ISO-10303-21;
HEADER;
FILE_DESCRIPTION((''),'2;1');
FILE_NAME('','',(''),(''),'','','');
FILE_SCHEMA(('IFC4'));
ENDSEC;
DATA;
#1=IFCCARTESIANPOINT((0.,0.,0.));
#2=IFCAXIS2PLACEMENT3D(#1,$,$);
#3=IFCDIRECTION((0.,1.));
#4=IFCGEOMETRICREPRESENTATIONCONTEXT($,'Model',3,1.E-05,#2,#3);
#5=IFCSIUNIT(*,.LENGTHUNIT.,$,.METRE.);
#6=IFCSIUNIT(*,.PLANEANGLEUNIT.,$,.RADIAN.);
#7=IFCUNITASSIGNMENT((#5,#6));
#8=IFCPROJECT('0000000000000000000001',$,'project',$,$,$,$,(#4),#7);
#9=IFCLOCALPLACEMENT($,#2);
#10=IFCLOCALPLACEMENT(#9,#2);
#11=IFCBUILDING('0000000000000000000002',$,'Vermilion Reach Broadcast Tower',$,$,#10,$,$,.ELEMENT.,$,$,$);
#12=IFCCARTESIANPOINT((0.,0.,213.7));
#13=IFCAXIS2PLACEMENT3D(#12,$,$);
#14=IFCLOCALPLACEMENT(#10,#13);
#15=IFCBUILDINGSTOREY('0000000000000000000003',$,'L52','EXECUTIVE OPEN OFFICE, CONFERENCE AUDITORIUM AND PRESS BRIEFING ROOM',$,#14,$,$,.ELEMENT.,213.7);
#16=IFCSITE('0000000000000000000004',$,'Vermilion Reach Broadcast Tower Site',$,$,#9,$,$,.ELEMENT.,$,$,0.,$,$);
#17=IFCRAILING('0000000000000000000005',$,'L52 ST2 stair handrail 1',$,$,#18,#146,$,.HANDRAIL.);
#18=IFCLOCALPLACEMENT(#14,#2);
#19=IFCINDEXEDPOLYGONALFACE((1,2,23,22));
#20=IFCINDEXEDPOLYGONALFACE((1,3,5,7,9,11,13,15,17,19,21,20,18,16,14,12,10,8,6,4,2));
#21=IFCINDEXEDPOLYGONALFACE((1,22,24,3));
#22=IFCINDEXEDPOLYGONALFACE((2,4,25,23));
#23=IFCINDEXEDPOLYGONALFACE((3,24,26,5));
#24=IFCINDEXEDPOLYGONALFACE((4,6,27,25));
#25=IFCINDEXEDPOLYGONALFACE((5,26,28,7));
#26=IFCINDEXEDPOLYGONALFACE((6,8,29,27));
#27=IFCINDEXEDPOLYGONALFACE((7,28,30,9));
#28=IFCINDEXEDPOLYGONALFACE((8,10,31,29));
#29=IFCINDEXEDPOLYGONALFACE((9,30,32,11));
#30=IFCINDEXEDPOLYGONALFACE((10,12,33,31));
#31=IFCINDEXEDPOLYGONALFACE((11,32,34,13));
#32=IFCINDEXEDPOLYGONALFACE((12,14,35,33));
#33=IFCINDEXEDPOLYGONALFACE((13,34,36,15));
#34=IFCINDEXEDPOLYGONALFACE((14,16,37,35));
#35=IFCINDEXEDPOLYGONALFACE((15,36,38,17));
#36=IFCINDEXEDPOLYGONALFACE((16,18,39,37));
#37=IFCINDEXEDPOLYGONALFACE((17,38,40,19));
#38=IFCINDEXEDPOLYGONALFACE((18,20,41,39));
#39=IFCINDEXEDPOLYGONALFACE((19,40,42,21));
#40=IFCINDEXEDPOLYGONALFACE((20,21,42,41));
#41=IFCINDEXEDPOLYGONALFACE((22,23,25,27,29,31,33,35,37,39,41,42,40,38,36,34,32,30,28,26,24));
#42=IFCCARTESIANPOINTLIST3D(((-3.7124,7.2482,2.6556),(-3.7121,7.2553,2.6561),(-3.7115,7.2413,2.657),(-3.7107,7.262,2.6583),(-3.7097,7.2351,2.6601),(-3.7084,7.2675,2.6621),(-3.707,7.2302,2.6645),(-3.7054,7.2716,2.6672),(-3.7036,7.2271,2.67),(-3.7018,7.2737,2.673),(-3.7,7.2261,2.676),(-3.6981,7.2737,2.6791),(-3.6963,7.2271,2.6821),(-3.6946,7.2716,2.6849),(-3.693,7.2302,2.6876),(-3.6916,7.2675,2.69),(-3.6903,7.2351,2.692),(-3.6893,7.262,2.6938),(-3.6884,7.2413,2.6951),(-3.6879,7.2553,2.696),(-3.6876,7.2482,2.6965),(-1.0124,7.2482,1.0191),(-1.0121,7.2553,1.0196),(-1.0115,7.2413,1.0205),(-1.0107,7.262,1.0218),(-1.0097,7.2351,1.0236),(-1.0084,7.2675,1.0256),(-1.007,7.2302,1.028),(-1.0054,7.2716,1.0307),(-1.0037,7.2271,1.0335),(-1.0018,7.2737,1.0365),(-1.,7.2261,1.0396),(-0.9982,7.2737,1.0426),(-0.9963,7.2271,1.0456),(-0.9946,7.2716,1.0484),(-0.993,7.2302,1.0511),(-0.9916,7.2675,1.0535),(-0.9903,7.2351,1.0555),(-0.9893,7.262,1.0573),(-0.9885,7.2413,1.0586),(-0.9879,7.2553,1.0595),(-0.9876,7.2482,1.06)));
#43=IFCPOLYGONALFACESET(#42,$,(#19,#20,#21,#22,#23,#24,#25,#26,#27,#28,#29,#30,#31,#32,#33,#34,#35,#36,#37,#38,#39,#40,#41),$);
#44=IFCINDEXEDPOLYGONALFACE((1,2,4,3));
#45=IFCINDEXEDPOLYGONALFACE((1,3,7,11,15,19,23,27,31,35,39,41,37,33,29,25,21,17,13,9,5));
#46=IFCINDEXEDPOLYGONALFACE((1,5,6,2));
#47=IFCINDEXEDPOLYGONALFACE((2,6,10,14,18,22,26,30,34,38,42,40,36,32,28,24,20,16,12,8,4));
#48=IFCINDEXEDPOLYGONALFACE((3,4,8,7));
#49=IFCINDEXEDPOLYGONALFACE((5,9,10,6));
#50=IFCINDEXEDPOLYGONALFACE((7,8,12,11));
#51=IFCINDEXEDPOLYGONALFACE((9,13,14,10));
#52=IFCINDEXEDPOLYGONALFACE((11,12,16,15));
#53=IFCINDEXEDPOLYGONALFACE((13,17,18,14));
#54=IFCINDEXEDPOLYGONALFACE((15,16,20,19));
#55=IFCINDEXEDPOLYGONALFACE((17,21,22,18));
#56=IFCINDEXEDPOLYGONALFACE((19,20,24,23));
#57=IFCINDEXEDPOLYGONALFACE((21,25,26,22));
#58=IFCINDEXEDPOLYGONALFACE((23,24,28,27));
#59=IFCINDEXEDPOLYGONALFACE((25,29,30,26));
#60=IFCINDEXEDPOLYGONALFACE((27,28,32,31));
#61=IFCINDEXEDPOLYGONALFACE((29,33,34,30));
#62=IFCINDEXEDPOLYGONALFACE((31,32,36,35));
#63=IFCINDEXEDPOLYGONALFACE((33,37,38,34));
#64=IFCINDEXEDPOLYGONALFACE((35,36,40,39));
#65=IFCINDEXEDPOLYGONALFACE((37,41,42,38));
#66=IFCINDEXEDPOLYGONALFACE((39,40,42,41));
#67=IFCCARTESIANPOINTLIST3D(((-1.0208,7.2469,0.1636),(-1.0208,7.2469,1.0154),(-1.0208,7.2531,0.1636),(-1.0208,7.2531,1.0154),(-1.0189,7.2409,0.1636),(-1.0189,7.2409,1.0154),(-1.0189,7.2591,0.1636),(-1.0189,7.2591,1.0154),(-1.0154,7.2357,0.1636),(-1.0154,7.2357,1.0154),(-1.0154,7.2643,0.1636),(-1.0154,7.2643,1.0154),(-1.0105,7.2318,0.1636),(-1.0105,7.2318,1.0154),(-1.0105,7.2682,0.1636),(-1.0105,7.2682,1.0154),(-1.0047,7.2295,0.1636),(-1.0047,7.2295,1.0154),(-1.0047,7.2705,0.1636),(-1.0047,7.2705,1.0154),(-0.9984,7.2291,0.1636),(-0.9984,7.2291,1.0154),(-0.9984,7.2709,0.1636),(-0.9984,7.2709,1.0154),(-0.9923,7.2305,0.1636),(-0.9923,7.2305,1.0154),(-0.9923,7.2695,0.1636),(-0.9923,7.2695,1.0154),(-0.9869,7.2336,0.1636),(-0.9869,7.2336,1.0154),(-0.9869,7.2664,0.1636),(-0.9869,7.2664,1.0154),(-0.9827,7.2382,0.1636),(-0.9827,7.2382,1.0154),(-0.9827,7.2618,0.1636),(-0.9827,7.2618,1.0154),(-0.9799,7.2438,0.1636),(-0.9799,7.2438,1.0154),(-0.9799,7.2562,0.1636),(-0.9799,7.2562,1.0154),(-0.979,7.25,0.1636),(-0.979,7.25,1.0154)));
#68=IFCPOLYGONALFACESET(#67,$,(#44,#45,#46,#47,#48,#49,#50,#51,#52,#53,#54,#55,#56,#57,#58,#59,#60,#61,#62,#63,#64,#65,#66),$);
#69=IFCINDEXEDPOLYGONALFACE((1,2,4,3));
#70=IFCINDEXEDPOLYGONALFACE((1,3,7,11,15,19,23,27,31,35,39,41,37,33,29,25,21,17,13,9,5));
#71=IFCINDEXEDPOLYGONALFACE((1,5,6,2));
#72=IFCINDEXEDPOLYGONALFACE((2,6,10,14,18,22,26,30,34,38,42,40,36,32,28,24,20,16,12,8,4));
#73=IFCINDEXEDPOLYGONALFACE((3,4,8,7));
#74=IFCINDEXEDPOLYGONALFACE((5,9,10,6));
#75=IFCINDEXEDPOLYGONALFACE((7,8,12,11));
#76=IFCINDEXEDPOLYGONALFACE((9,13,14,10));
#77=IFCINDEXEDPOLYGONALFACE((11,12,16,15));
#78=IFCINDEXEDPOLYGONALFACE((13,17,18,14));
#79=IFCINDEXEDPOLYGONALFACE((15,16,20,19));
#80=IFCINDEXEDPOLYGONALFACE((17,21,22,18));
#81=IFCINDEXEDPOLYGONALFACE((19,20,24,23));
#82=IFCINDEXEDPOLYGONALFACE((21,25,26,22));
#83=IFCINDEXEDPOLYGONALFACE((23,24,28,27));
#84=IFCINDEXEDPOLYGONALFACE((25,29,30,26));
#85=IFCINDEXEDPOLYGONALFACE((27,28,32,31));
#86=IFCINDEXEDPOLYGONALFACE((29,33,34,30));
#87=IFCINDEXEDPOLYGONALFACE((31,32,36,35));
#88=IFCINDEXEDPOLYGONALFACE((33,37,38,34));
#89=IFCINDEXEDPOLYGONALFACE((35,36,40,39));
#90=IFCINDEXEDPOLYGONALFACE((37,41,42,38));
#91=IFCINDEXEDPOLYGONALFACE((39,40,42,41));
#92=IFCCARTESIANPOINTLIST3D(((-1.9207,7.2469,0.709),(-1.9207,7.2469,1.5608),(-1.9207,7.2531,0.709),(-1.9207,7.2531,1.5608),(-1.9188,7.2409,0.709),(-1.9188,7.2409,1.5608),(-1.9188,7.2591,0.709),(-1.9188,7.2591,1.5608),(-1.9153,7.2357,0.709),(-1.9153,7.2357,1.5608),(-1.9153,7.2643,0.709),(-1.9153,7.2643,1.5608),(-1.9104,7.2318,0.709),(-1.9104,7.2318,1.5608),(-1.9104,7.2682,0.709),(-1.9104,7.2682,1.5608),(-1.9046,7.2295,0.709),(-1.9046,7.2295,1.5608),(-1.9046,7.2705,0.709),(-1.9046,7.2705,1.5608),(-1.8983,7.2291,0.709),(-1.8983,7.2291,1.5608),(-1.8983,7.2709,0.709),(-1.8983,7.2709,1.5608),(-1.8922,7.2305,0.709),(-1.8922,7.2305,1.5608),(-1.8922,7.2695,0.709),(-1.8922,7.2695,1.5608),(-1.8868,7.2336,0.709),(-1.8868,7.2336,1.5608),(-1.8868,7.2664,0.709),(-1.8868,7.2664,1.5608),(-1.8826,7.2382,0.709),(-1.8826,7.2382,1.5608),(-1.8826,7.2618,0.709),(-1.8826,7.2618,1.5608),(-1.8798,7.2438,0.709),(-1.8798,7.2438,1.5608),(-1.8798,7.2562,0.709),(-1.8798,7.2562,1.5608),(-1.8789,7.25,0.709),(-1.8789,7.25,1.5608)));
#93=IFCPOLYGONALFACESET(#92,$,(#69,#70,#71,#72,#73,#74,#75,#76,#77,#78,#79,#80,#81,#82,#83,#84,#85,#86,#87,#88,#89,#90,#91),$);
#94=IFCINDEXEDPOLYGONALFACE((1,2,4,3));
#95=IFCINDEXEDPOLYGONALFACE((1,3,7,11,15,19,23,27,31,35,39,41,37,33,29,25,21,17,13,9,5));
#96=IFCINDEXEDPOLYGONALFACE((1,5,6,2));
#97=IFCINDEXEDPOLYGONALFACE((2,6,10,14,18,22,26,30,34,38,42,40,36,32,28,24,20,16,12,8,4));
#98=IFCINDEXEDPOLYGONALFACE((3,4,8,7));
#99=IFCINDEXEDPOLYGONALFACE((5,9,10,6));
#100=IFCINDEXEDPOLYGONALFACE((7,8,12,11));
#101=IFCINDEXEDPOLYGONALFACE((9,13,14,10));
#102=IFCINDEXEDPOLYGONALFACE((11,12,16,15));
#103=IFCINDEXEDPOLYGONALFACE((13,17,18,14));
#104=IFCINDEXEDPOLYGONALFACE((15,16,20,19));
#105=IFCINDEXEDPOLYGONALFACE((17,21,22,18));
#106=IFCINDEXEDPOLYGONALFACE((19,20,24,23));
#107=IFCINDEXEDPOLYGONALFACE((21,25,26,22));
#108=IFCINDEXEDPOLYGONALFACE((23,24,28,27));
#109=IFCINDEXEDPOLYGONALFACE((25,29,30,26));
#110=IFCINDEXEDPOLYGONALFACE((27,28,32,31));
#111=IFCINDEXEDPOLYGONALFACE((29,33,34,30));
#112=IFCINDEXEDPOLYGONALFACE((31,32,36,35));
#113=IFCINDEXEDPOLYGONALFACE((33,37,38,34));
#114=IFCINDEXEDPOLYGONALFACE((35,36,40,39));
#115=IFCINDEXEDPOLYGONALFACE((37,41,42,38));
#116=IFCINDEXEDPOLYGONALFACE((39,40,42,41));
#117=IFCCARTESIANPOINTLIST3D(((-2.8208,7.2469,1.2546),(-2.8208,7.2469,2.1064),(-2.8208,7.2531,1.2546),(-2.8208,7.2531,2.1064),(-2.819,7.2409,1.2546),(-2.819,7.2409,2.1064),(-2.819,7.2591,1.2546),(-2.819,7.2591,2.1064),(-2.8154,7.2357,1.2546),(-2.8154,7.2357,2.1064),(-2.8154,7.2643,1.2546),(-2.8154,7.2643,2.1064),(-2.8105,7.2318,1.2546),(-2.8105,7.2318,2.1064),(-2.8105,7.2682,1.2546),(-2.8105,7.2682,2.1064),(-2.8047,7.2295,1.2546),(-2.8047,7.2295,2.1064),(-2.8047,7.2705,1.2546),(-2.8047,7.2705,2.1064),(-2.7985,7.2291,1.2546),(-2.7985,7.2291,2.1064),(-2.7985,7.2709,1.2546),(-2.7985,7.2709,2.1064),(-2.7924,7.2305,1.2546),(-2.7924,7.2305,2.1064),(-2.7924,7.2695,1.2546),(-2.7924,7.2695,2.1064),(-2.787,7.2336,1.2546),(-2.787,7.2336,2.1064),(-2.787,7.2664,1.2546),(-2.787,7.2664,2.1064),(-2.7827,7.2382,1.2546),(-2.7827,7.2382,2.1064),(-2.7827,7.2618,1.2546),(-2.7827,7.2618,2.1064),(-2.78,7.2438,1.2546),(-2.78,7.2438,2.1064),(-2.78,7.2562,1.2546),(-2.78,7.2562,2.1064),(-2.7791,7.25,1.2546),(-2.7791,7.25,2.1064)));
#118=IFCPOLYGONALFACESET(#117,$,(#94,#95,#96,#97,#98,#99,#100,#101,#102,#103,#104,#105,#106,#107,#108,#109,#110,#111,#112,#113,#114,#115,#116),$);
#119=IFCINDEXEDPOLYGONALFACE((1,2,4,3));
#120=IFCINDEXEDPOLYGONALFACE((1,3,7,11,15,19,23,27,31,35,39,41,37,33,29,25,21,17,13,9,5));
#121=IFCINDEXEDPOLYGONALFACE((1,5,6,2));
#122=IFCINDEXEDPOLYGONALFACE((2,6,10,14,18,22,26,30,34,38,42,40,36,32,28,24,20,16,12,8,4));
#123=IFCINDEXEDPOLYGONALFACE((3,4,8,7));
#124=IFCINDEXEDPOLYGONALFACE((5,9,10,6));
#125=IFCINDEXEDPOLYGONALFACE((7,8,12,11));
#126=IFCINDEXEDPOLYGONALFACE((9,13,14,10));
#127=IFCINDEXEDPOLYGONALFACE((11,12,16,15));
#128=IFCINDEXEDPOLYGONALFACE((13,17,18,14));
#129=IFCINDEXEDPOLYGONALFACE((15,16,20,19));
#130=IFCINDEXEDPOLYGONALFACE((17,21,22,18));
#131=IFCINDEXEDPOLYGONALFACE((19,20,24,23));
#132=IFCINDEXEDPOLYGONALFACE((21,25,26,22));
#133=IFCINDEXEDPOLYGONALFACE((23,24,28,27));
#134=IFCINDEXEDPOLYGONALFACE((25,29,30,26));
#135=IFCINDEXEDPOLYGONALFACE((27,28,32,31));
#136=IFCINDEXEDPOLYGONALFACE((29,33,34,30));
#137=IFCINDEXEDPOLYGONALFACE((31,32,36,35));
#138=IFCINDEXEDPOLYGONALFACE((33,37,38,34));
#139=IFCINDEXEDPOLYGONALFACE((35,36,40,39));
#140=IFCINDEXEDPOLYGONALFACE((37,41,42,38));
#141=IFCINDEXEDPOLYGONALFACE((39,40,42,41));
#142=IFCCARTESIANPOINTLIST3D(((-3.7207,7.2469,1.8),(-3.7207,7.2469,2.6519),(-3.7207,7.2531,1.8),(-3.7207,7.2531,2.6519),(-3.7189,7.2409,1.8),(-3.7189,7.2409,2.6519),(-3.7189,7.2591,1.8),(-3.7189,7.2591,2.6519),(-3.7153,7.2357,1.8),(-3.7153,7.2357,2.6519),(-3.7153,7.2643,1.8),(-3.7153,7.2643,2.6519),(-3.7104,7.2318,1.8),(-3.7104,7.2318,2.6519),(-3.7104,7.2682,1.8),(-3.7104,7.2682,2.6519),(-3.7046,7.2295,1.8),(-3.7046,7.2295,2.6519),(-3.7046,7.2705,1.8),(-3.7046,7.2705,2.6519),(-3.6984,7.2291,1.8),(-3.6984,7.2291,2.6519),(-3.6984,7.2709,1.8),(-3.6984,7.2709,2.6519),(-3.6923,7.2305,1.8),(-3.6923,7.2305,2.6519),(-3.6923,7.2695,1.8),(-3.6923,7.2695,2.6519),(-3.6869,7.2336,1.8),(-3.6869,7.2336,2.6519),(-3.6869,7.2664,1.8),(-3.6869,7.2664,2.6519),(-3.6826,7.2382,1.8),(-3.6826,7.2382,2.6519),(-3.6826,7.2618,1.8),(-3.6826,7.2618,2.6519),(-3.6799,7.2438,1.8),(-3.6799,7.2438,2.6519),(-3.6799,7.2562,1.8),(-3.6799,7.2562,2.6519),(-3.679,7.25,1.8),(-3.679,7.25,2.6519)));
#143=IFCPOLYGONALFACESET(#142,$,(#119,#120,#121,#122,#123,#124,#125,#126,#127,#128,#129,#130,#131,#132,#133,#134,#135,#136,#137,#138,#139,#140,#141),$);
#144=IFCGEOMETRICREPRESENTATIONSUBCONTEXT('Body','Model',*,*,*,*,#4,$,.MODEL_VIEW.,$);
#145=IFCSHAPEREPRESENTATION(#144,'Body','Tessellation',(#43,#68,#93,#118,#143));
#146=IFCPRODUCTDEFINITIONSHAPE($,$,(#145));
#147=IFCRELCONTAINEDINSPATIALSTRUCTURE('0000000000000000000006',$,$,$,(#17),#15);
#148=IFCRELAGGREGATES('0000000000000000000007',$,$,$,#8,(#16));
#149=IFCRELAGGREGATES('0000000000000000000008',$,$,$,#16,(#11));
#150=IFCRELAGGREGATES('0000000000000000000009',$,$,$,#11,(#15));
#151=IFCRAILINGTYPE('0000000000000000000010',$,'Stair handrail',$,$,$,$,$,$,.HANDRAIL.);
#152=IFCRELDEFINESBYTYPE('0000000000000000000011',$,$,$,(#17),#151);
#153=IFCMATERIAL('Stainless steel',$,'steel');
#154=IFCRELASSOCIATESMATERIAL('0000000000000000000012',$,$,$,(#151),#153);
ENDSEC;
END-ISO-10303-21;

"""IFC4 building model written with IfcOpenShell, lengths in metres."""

from ifc_helpers import new_model, si_unit, direction, frame, origin, origin_2d, place, context, subcontext, project, spatial, circle, extrude, material, type_object, element, save


model = new_model("IFC4")

# Units and contexts
model_context = context("Model", 3, precision=1e-05, world=origin(), true_north=direction((0.0, 1.0)))
body_context = subcontext(model_context, "Body", "Model", "MODEL_VIEW")
ifc_project = project(units=[si_unit("LENGTHUNIT", "METRE"), si_unit("PLANEANGLEUNIT", "RADIAN")], contexts=[model_context])

# Site, building, storey
site_placement = place(None, origin())
site = spatial("IfcSite", under=ifc_project, at=site_placement, Name="Vermilion Reach Broadcast Tower Site", CompositionType="ELEMENT", RefElevation=0.0)
building_placement = place(site_placement, origin())
building = spatial("IfcBuilding", under=site, at=building_placement, Name="Vermilion Reach Broadcast Tower", CompositionType="ELEMENT")
storey_placement = place(building_placement, frame((0.0, 0.0, 213.7)))
storey = spatial("IfcBuildingStorey", under=building, at=storey_placement, Name="L52", Description="EXECUTIVE OPEN OFFICE, CONFERENCE AUDITORIUM AND PRESS BRIEFING ROOM", CompositionType="ELEMENT", Elevation=213.7)

# Railing
ifc_material_1 = material(Name="Stainless steel", Category="steel")
railing_type_1 = type_object("IfcRailingType", Name="Stair handrail", PredefinedType="HANDRAIL", material=ifc_material_1)
railing_1_placement = place(storey_placement, frame((-1.0, 7.25, 0.1636)))
element("IfcRailing", 1, at=railing_1_placement, inside=storey, type_object=railing_type_1, Name="L52 ST2 stair handrail 1", PredefinedType="HANDRAIL", context=body_context, shape_type="SweptSolid", body=[
    extrude(circle(Radius=0.0239, at=origin_2d()), frame((0.0, 0.0, 0.876), z_axis=(-0.855178, 0.0, 0.518334), x_axis=(0.0, -1.0, 0.0)), (0.0, 0.0, 1.0), 3.1572),
    extrude(circle(Radius=0.021, at=origin_2d()), origin(), (0.0, 0.0, 1.0), 0.8518),
    extrude(circle(Radius=0.021, at=origin_2d()), frame((-0.8999, 0.0, 0.5454)), (0.0, 0.0, 1.0), 0.8518),
    extrude(circle(Radius=0.021, at=origin_2d()), frame((-1.8, 0.0, 1.0911)), (0.0, 0.0, 1.0), 0.8518),
    extrude(circle(Radius=0.021, at=origin_2d()), frame((-2.7, 0.0, 1.6365)), (0.0, 0.0, 1.0), 0.8518),
])

save(model, "model.ifc")
